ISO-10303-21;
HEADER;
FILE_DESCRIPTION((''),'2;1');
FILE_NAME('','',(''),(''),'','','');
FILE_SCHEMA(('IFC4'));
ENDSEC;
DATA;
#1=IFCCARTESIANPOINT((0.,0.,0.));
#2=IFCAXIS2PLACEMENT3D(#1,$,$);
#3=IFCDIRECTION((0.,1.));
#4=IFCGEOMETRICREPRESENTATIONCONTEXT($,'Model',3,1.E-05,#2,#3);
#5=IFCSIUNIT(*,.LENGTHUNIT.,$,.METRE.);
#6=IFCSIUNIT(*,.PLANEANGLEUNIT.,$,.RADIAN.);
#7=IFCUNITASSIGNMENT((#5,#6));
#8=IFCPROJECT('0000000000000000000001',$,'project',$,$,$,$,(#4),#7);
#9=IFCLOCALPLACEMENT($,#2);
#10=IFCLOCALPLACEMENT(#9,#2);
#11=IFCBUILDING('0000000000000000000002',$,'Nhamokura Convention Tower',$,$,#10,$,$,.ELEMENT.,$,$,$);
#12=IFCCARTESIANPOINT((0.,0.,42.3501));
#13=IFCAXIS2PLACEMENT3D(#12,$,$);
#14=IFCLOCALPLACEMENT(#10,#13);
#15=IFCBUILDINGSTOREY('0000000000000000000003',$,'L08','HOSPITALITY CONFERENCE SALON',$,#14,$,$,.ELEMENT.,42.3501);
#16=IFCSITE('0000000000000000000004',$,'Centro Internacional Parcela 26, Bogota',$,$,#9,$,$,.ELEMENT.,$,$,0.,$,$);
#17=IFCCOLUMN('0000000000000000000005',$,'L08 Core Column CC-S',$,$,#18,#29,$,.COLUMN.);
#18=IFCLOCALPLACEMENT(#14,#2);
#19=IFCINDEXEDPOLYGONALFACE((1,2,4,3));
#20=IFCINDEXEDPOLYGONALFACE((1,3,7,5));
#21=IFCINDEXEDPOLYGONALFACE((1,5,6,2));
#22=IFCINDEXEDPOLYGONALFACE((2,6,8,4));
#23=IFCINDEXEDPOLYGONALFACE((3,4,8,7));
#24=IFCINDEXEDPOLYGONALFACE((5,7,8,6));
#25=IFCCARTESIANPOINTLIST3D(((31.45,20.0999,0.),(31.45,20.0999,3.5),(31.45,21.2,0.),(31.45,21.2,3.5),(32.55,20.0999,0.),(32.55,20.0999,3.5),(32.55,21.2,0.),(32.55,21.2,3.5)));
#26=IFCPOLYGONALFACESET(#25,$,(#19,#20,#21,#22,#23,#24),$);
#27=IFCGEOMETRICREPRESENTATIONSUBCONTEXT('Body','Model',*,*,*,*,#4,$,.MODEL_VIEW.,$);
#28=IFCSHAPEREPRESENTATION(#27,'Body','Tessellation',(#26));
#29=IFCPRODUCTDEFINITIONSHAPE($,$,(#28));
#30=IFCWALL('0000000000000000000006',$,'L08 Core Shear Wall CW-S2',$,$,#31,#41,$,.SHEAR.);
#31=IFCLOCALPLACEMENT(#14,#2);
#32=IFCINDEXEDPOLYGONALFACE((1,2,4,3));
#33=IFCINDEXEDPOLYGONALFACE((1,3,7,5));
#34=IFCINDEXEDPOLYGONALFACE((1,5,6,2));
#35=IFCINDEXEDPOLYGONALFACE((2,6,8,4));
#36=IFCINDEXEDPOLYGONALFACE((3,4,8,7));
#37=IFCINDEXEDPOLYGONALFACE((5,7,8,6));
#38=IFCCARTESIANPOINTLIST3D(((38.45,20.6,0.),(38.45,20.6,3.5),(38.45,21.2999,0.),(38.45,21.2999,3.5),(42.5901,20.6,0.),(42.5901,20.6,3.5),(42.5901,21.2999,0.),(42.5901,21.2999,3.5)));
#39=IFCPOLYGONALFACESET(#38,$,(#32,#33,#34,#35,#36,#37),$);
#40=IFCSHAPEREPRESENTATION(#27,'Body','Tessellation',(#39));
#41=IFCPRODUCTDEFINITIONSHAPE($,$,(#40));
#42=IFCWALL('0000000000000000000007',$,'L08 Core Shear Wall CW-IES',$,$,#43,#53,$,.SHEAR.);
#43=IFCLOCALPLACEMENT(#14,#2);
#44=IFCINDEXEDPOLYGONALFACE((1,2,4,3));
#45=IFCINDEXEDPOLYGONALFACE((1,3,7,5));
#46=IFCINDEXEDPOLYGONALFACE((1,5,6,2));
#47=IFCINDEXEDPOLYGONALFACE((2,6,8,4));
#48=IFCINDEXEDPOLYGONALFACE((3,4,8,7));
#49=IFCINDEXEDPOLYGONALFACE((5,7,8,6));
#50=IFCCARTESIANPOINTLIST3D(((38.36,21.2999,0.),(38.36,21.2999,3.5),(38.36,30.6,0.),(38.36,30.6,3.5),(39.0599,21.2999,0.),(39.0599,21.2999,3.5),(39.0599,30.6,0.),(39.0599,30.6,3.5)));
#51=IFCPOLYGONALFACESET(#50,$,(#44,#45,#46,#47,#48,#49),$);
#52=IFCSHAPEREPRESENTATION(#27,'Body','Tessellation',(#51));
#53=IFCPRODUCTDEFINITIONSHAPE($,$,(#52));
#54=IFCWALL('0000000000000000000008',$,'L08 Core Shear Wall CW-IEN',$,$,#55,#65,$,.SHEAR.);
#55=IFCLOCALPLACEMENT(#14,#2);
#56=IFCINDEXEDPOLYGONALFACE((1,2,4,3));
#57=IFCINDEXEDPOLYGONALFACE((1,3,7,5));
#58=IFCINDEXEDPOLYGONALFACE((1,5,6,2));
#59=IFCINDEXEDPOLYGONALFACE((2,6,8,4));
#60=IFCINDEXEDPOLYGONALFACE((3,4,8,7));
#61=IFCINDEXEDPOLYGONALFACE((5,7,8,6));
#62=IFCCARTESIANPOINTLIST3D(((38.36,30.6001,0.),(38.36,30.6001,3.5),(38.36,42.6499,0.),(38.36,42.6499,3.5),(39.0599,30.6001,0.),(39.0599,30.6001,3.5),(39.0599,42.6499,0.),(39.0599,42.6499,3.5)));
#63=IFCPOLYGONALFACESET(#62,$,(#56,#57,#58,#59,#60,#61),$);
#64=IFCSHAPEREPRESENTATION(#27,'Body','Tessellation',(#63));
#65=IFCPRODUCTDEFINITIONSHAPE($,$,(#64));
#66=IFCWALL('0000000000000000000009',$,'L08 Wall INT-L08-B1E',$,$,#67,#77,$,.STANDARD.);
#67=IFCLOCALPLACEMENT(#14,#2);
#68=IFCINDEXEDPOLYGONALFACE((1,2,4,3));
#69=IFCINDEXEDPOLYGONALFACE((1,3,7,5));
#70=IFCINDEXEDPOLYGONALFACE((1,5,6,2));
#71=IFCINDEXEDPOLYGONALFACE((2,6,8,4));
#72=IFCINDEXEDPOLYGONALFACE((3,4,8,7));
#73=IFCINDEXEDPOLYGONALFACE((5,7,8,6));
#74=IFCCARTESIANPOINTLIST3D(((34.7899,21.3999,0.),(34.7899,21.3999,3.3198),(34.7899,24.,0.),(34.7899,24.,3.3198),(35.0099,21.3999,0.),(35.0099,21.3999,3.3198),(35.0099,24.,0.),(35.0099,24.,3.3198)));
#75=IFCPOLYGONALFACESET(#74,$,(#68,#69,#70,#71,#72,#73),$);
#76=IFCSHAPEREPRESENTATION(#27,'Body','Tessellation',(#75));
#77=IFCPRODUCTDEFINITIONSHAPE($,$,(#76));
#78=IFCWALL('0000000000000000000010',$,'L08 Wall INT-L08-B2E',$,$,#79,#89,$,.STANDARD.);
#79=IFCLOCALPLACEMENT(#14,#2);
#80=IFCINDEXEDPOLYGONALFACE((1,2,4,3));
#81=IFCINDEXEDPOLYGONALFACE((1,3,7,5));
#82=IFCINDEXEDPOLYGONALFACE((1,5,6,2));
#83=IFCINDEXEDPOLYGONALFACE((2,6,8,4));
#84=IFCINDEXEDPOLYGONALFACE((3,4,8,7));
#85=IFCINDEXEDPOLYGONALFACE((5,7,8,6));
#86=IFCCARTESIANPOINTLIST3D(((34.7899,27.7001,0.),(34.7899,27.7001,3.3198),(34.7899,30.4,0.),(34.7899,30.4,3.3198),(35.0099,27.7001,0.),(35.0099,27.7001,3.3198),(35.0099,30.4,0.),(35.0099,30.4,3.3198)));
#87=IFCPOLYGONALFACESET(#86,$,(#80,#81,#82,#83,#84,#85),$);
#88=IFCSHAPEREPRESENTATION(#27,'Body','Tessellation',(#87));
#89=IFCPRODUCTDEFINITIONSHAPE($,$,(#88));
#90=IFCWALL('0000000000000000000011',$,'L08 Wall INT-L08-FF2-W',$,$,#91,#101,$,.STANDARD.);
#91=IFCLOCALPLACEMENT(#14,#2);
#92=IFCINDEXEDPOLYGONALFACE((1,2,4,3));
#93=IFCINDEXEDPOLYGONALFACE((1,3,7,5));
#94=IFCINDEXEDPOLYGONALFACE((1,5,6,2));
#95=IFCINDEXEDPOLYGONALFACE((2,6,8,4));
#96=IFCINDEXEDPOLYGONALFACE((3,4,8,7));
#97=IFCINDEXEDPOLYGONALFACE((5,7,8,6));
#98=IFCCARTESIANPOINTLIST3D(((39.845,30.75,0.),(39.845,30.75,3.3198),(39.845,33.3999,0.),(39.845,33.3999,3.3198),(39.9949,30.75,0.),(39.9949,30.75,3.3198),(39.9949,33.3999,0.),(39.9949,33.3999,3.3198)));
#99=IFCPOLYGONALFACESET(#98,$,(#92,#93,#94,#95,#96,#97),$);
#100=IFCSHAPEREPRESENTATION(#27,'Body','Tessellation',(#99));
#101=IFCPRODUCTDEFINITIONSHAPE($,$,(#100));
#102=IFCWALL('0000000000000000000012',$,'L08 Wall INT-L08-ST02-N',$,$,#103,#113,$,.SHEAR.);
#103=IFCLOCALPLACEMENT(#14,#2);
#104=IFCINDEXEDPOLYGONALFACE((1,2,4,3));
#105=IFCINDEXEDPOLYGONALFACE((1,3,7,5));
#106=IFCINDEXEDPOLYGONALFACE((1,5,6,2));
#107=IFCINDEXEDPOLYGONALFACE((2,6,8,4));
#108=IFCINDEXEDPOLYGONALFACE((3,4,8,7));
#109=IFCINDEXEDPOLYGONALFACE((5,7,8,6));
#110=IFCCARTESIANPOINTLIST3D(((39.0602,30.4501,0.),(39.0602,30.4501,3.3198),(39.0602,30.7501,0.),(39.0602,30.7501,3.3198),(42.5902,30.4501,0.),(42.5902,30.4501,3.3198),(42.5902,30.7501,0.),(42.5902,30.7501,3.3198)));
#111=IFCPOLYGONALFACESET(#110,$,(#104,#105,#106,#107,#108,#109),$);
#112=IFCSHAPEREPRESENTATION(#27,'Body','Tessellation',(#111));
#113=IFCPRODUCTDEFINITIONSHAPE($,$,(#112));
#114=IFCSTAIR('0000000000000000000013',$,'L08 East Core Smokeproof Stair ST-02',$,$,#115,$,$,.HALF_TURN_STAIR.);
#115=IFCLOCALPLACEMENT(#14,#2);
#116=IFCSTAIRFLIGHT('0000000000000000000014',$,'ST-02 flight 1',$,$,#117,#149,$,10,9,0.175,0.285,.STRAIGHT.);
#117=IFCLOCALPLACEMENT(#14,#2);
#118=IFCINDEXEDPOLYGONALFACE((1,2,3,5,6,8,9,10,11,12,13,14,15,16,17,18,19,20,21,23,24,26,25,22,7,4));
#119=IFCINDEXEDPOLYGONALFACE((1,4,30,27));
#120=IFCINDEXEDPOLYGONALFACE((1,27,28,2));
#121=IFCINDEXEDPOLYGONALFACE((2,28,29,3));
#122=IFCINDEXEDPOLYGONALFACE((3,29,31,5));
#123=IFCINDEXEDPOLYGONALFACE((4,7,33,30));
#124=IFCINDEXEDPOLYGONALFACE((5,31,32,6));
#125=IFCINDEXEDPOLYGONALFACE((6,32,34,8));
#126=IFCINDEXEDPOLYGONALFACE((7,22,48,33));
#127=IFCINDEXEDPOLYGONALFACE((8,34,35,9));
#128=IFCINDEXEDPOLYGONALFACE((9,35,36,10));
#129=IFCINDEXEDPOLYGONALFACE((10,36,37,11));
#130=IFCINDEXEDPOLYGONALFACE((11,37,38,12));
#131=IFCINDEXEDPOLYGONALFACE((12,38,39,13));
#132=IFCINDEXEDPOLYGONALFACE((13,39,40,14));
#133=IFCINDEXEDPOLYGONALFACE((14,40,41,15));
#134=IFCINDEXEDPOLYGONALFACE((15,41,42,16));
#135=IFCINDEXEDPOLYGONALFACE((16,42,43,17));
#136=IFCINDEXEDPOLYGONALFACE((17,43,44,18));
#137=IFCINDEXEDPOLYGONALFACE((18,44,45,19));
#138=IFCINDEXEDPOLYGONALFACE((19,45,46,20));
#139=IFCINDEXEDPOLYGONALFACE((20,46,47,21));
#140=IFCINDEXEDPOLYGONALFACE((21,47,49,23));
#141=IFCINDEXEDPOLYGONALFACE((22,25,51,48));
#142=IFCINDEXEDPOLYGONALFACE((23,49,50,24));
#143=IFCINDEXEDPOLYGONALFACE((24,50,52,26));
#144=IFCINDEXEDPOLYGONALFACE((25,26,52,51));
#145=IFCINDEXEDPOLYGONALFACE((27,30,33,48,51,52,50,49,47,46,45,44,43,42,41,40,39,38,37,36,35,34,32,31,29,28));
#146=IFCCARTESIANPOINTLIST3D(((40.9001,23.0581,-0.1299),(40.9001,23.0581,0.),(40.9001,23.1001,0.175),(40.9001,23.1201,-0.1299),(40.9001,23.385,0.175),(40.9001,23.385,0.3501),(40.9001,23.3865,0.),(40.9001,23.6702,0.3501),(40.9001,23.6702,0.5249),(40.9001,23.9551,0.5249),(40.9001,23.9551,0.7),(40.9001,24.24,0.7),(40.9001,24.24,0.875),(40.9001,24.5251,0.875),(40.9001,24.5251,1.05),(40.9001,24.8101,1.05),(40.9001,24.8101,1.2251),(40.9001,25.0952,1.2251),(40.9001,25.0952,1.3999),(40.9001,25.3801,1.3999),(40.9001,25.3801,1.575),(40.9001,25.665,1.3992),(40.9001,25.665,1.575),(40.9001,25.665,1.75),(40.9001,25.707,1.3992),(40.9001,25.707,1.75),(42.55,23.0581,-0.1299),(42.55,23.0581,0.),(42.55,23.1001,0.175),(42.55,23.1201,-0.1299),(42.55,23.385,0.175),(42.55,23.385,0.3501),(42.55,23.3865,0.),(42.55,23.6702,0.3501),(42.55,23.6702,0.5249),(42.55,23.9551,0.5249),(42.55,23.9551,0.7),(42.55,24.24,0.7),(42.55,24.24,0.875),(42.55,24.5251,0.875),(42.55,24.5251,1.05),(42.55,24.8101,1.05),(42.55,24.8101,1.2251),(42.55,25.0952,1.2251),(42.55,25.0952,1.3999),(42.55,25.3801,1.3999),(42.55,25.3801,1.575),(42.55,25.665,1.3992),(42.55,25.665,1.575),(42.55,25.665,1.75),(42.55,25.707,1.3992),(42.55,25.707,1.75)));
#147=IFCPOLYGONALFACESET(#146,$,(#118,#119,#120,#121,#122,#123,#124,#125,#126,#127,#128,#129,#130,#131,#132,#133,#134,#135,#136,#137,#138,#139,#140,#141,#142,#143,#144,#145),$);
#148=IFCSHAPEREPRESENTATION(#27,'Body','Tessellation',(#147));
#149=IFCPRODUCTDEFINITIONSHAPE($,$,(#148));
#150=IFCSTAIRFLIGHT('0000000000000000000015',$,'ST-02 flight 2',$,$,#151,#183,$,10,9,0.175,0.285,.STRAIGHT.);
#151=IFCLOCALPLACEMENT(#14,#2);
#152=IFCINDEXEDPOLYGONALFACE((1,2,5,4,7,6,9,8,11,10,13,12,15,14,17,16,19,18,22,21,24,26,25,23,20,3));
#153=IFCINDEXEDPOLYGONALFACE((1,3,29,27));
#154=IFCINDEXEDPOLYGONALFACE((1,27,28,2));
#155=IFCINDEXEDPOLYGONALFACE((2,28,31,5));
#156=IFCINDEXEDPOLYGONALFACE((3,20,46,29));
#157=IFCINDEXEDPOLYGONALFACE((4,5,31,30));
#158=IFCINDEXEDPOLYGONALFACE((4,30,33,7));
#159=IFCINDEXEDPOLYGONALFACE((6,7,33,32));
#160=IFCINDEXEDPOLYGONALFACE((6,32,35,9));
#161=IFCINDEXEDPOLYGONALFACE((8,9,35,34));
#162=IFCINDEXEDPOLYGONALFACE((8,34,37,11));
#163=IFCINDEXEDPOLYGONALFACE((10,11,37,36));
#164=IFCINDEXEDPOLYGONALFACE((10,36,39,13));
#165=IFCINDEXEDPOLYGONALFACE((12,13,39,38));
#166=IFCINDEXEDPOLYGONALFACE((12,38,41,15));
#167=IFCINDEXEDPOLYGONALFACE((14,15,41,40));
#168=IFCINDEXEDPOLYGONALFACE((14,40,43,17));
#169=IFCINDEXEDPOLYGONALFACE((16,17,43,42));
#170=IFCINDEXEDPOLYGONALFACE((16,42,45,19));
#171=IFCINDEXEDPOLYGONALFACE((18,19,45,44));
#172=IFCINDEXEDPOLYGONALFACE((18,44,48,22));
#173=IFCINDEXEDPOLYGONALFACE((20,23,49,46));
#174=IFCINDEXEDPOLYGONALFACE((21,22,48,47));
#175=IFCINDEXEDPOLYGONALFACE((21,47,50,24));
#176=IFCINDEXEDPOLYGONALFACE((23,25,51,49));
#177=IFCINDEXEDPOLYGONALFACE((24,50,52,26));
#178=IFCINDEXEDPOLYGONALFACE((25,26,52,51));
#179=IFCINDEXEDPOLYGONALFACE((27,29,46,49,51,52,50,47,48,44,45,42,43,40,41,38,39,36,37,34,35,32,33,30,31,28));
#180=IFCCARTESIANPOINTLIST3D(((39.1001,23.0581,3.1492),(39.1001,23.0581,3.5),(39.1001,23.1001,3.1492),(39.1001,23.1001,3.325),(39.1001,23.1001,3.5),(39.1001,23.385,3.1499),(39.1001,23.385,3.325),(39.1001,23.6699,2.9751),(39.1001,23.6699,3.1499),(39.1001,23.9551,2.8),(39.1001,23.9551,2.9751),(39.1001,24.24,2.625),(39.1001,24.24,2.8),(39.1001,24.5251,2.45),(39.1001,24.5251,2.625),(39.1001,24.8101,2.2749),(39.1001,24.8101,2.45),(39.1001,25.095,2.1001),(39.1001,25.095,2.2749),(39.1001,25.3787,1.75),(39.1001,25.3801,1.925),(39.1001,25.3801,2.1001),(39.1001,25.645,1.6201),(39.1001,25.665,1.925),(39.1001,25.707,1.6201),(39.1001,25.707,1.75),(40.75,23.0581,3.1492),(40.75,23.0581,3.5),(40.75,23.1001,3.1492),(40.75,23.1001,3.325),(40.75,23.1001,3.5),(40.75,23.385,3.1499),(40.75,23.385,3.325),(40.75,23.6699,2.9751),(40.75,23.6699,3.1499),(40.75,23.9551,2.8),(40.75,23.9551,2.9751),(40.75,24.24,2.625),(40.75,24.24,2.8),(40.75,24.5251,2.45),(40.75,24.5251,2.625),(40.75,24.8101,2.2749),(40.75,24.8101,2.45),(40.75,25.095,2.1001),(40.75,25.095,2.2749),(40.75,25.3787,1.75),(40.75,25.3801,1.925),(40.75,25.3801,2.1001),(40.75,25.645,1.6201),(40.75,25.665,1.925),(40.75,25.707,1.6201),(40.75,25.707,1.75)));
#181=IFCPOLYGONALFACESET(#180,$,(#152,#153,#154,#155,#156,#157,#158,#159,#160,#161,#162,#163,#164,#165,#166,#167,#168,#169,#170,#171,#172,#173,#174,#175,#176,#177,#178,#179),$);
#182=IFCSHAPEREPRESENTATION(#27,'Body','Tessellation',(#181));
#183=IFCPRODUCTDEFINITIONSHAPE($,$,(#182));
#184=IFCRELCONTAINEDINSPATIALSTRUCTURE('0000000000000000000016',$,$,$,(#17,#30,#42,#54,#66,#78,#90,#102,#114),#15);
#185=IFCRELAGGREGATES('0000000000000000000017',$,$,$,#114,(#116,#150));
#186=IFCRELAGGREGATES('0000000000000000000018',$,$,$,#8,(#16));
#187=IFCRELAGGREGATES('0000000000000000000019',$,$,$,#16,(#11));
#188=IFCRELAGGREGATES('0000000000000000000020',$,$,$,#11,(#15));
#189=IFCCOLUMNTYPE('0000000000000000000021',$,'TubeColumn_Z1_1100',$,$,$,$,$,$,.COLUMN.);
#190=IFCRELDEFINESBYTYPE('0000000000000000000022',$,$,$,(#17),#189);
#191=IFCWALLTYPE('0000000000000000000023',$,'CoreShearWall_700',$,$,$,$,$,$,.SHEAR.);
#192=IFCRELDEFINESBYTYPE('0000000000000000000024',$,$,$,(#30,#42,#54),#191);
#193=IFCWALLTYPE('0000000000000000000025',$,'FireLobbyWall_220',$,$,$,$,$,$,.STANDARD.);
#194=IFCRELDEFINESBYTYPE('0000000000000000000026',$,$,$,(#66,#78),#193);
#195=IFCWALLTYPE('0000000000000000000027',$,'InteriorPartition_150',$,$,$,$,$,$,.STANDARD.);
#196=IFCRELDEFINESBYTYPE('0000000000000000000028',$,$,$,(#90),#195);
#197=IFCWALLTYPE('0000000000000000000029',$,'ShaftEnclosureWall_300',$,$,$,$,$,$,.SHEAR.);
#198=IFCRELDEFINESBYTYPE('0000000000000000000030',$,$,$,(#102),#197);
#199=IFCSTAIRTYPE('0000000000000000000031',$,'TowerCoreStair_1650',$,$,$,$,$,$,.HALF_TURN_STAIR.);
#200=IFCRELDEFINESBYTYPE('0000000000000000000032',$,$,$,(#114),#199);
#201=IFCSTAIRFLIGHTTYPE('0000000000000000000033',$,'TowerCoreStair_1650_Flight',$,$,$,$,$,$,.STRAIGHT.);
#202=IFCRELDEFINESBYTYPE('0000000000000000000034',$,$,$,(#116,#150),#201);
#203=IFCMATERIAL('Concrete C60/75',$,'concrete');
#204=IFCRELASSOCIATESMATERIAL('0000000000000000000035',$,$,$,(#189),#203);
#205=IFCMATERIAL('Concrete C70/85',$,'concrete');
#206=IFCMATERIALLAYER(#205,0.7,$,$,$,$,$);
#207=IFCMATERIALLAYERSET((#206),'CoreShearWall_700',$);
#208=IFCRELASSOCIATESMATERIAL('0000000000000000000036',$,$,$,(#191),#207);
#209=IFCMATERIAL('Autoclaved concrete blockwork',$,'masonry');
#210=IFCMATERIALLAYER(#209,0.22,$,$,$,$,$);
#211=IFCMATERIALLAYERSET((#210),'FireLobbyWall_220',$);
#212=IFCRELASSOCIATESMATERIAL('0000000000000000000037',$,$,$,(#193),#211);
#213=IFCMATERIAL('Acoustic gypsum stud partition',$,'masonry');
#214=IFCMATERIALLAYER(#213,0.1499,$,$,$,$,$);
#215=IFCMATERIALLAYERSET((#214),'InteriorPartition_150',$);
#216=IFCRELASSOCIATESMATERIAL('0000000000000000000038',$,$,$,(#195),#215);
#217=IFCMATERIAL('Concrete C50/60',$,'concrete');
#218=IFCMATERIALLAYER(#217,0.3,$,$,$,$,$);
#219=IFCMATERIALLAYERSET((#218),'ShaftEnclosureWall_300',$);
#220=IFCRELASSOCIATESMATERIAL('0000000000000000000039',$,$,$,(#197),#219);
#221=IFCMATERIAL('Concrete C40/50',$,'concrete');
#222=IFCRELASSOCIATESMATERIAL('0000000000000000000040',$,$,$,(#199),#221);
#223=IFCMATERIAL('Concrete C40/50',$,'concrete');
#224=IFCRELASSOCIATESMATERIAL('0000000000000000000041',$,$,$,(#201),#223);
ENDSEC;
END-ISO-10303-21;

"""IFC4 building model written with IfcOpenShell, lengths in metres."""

from ifc_helpers import new_model, si_unit, direction, frame, frame_2d, origin, origin_2d, place, context, subcontext, project, spatial, polyline, rectangle, outline, extrude, material, layer, layer_set, material_profile, profile_set, type_object, element, aggregate, save


model = new_model("IFC4")

# Units and contexts
model_context = context("Model", 3, precision=1e-05, world=origin(), true_north=direction((0.0, 1.0)))
body_context = subcontext(model_context, "Body", "Model", "MODEL_VIEW")
ifc_project = project(units=[si_unit("LENGTHUNIT", "METRE"), si_unit("PLANEANGLEUNIT", "RADIAN")], contexts=[model_context])

# Site, building, storey
site_placement = place(None, origin())
site = spatial("IfcSite", under=ifc_project, at=site_placement, Name="Centro Internacional Parcela 26, Bogota", CompositionType="ELEMENT", RefElevation=0.0)
building_placement = place(site_placement, origin())
building = spatial("IfcBuilding", under=site, at=building_placement, Name="Nhamokura Convention Tower", CompositionType="ELEMENT")
storey_placement = place(building_placement, frame((0.0, 0.0, 42.3501)))
storey = spatial("IfcBuildingStorey", under=building, at=storey_placement, Name="L08", Description="HOSPITALITY CONFERENCE SALON", CompositionType="ELEMENT", Elevation=42.3501)

# Column
ifc_material_1 = material(Name="Concrete C60/75", Category="concrete")
ifc_material_profile = material_profile(ifc_material_1, rectangle(XDim=1.1001, YDim=1.1001, at=origin_2d()))
ifc_profile_set = profile_set([ifc_material_profile], Name="Concrete C60/75")
column_type = type_object("IfcColumnType", Name="TubeColumn_Z1_1100", PredefinedType="COLUMN", material=ifc_profile_set)
column_placement = place(storey_placement, frame((32.0, 20.6499, 0.0), z_axis=(0.0, 0.0, 1.0), x_axis=(1.0, 0.0, 0.0)))
element("IfcColumn", 1, at=column_placement, inside=storey, type_object=column_type, Name="L08 Core Column CC-S", PredefinedType="COLUMN", context=body_context, shape_type="SweptSolid", body=[
    extrude(rectangle(XDim=1.1001, YDim=1.1001, at=origin_2d()), origin(), (0.0, 0.0, 1.0), 3.5),
])

# Shared definitions
ifc_material_2 = material(Name="Concrete C70/85", Category="concrete")
ifc_layer_1 = layer(ifc_material_2, 0.7)
ifc_layer_set_1 = layer_set([ifc_layer_1], Name="CoreShearWall_700")
wall_type_1 = type_object("IfcWallType", Name="CoreShearWall_700", PredefinedType="SHEAR", material=ifc_layer_set_1)

# Walls
wall_1_placement = place(storey_placement, frame((38.45, 20.95, 0.0), z_axis=(0.0, 0.0, 1.0), x_axis=(1.0, 0.0, 0.0)))
element("IfcWall", 2, at=wall_1_placement, inside=storey, type_object=wall_type_1, Name="L08 Core Shear Wall CW-S2", PredefinedType="SHEAR", context=body_context, shape_type="SweptSolid", body=[
    extrude(rectangle(XDim=4.1401, YDim=0.7, at=frame_2d((2.0701, 0.0))), origin(), (0.0, 0.0, 1.0), 3.5),
])
wall_2_placement = place(storey_placement, frame((38.71, 21.3, 0.0), z_axis=(0.0, 0.0, 1.0), x_axis=(0.0, 1.0, 0.0)))
element("IfcWall", 3, at=wall_2_placement, inside=storey, type_object=wall_type_1, Name="L08 Core Shear Wall CW-IES", PredefinedType="SHEAR", context=body_context, shape_type="SweptSolid", body=[
    extrude(rectangle(XDim=9.3, YDim=0.7, at=frame_2d((4.6499, 0.0))), origin(), (0.0, 0.0, 1.0), 3.5),
])
wall_3_placement = place(storey_placement, frame((38.71, 30.6001, 0.0), z_axis=(0.0, 0.0, 1.0), x_axis=(0.0, 1.0, 0.0)))
element("IfcWall", 4, at=wall_3_placement, inside=storey, type_object=wall_type_1, Name="L08 Core Shear Wall CW-IEN", PredefinedType="SHEAR", context=body_context, shape_type="SweptSolid", body=[
    extrude(rectangle(XDim=12.0498, YDim=0.7, at=frame_2d((6.0249, 0.0))), origin(), (0.0, 0.0, 1.0), 3.5),
])

# Shared definitions
ifc_material_3 = material(Name="Autoclaved concrete blockwork", Category="masonry")
ifc_layer_2 = layer(ifc_material_3, 0.22)
ifc_layer_set_2 = layer_set([ifc_layer_2], Name="FireLobbyWall_220")
wall_type_2 = type_object("IfcWallType", Name="FireLobbyWall_220", PredefinedType="STANDARD", material=ifc_layer_set_2)

# Walls
wall_4_placement = place(storey_placement, frame((34.8999, 21.3999, 0.0), z_axis=(0.0, 0.0, 1.0), x_axis=(0.0, 1.0, 0.0)))
element("IfcWall", 5, at=wall_4_placement, inside=storey, type_object=wall_type_2, Name="L08 Wall INT-L08-B1E", PredefinedType="STANDARD", context=body_context, shape_type="SweptSolid", body=[
    extrude(rectangle(XDim=2.6001, YDim=0.22, at=frame_2d((1.3, 0.0))), origin(), (0.0, 0.0, 1.0), 3.3198),
])
wall_5_placement = place(storey_placement, frame((34.8999, 27.7, 0.0), z_axis=(0.0, 0.0, 1.0), x_axis=(0.0, 1.0, 0.0)))
element("IfcWall", 6, at=wall_5_placement, inside=storey, type_object=wall_type_2, Name="L08 Wall INT-L08-B2E", PredefinedType="STANDARD", context=body_context, shape_type="SweptSolid", body=[
    extrude(rectangle(XDim=2.7, YDim=0.22, at=frame_2d((1.3501, 0.0))), origin(), (0.0, 0.0, 1.0), 3.3198),
])
ifc_material_4 = material(Name="Acoustic gypsum stud partition", Category="masonry")
ifc_layer_3 = layer(ifc_material_4, 0.1499)
ifc_layer_set_3 = layer_set([ifc_layer_3], Name="InteriorPartition_150")
wall_type_3 = type_object("IfcWallType", Name="InteriorPartition_150", PredefinedType="STANDARD", material=ifc_layer_set_3)
wall_6_placement = place(storey_placement, frame((39.9199, 30.75, 0.0), z_axis=(0.0, 0.0, 1.0), x_axis=(0.0, 1.0, 0.0)))
element("IfcWall", 7, at=wall_6_placement, inside=storey, type_object=wall_type_3, Name="L08 Wall INT-L08-FF2-W", PredefinedType="STANDARD", context=body_context, shape_type="SweptSolid", body=[
    extrude(rectangle(XDim=2.6499, YDim=0.1499, at=frame_2d((1.325, 0.0))), origin(), (0.0, 0.0, 1.0), 3.3198),
])
ifc_material_5 = material(Name="Concrete C50/60", Category="concrete")
ifc_layer_4 = layer(ifc_material_5, 0.3)
ifc_layer_set_4 = layer_set([ifc_layer_4], Name="ShaftEnclosureWall_300")
wall_type_4 = type_object("IfcWallType", Name="ShaftEnclosureWall_300", PredefinedType="SHEAR", material=ifc_layer_set_4)
wall_7_placement = place(storey_placement, frame((39.0601, 30.6001, 0.0), z_axis=(0.0, 0.0, 1.0), x_axis=(1.0, 0.0, 0.0)))
element("IfcWall", 8, at=wall_7_placement, inside=storey, type_object=wall_type_4, Name="L08 Wall INT-L08-ST02-N", PredefinedType="SHEAR", context=body_context, shape_type="SweptSolid", body=[
    extrude(rectangle(XDim=3.53, YDim=0.3, at=frame_2d((1.7651, 0.0))), origin(), (0.0, 0.0, 1.0), 3.3198),
])

# Stair, stair flights
ifc_material_6 = material(Name="Concrete C40/50", Category="concrete")
stair_type = type_object("IfcStairType", Name="TowerCoreStair_1650", PredefinedType="HALF_TURN_STAIR", material=ifc_material_6)
stair_placement = place(storey_placement, origin())
stair = element("IfcStair", 9, at=stair_placement, inside=storey, type_object=stair_type, Name="L08 East Core Smokeproof Stair ST-02", PredefinedType="HALF_TURN_STAIR")
ifc_material_7 = material(Name="Concrete C40/50", Category="concrete")
stair_flight_type = type_object("IfcStairFlightType", Name="TowerCoreStair_1650_Flight", PredefinedType="STRAIGHT", material=ifc_material_7)
stair_flight_1_placement = place(storey_placement, frame((41.7251, 23.1001, 0.0), z_axis=(0.0, 0.0, 1.0), x_axis=(0.0, 1.0, 0.0)))
stair_flight_1 = element("IfcStairFlight", 10, at=stair_flight_1_placement, type_object=stair_flight_type, Name="ST-02 flight 1", NumberOfRisers=10, NumberOfTreads=9, PredefinedType="STRAIGHT", RiserHeight=0.175, TreadLength=0.285, context=body_context, shape_type="SweptSolid", body=[
    extrude(outline(polyline([(-0.042, 0.0), (0.0, 0.175), (0.2849, 0.175), (0.2849, 0.3501), (0.5701, 0.3501), (0.5701, 0.5249), (0.855, 0.5249), (0.855, 0.7), (1.1399, 0.7), (1.1399, 0.875), (1.425, 0.875), (1.425, 1.05), (1.71, 1.05), (1.71, 1.2251), (1.9951, 1.2251), (1.9951, 1.3999), (2.28, 1.3999), (2.28, 1.575), (2.5649, 1.575), (2.5649, 1.75), (2.6069, 1.75), (2.6069, 1.3992), (2.5649, 1.3992), (0.2864, 0.0), (0.02, -0.1299), (-0.042, -0.1299), (-0.042, 0.0)])), frame((0.0, 0.825, 0.0), z_axis=(0.0, -1.0, 0.0), x_axis=(1.0, 0.0, 0.0)), (0.0, 0.0, 1.0), 1.6499),
])
stair_flight_2_placement = place(storey_placement, frame((39.925, 25.665, 1.75), z_axis=(0.0, 0.0, 1.0), x_axis=(0.0, -1.0, 0.0)))
stair_flight_2 = element("IfcStairFlight", 11, at=stair_flight_2_placement, type_object=stair_flight_type, Name="ST-02 flight 2", NumberOfRisers=10, NumberOfTreads=9, PredefinedType="STRAIGHT", RiserHeight=0.175, TreadLength=0.285, context=body_context, shape_type="SweptSolid", body=[
    extrude(outline(polyline([(-0.042, 0.0), (0.0, 0.175), (0.2849, 0.175), (0.2849, 0.3501), (0.5701, 0.3501), (0.5701, 0.5249), (0.855, 0.5249), (0.855, 0.7), (1.1399, 0.7), (1.1399, 0.875), (1.425, 0.875), (1.425, 1.05), (1.71, 1.05), (1.71, 1.2251), (1.9951, 1.2251), (1.9951, 1.3999), (2.28, 1.3999), (2.28, 1.575), (2.5649, 1.575), (2.5649, 1.75), (2.6069, 1.75), (2.6069, 1.3992), (2.5649, 1.3992), (0.2864, 0.0), (0.02, -0.1299), (-0.042, -0.1299), (-0.042, 0.0)])), frame((0.0, 0.825, 0.0), z_axis=(0.0, -1.0, 0.0), x_axis=(1.0, 0.0, 0.0)), (0.0, 0.0, 1.0), 1.6499),
])
aggregate(stair, [stair_flight_1, stair_flight_2])

save(model, "model.ifc")
